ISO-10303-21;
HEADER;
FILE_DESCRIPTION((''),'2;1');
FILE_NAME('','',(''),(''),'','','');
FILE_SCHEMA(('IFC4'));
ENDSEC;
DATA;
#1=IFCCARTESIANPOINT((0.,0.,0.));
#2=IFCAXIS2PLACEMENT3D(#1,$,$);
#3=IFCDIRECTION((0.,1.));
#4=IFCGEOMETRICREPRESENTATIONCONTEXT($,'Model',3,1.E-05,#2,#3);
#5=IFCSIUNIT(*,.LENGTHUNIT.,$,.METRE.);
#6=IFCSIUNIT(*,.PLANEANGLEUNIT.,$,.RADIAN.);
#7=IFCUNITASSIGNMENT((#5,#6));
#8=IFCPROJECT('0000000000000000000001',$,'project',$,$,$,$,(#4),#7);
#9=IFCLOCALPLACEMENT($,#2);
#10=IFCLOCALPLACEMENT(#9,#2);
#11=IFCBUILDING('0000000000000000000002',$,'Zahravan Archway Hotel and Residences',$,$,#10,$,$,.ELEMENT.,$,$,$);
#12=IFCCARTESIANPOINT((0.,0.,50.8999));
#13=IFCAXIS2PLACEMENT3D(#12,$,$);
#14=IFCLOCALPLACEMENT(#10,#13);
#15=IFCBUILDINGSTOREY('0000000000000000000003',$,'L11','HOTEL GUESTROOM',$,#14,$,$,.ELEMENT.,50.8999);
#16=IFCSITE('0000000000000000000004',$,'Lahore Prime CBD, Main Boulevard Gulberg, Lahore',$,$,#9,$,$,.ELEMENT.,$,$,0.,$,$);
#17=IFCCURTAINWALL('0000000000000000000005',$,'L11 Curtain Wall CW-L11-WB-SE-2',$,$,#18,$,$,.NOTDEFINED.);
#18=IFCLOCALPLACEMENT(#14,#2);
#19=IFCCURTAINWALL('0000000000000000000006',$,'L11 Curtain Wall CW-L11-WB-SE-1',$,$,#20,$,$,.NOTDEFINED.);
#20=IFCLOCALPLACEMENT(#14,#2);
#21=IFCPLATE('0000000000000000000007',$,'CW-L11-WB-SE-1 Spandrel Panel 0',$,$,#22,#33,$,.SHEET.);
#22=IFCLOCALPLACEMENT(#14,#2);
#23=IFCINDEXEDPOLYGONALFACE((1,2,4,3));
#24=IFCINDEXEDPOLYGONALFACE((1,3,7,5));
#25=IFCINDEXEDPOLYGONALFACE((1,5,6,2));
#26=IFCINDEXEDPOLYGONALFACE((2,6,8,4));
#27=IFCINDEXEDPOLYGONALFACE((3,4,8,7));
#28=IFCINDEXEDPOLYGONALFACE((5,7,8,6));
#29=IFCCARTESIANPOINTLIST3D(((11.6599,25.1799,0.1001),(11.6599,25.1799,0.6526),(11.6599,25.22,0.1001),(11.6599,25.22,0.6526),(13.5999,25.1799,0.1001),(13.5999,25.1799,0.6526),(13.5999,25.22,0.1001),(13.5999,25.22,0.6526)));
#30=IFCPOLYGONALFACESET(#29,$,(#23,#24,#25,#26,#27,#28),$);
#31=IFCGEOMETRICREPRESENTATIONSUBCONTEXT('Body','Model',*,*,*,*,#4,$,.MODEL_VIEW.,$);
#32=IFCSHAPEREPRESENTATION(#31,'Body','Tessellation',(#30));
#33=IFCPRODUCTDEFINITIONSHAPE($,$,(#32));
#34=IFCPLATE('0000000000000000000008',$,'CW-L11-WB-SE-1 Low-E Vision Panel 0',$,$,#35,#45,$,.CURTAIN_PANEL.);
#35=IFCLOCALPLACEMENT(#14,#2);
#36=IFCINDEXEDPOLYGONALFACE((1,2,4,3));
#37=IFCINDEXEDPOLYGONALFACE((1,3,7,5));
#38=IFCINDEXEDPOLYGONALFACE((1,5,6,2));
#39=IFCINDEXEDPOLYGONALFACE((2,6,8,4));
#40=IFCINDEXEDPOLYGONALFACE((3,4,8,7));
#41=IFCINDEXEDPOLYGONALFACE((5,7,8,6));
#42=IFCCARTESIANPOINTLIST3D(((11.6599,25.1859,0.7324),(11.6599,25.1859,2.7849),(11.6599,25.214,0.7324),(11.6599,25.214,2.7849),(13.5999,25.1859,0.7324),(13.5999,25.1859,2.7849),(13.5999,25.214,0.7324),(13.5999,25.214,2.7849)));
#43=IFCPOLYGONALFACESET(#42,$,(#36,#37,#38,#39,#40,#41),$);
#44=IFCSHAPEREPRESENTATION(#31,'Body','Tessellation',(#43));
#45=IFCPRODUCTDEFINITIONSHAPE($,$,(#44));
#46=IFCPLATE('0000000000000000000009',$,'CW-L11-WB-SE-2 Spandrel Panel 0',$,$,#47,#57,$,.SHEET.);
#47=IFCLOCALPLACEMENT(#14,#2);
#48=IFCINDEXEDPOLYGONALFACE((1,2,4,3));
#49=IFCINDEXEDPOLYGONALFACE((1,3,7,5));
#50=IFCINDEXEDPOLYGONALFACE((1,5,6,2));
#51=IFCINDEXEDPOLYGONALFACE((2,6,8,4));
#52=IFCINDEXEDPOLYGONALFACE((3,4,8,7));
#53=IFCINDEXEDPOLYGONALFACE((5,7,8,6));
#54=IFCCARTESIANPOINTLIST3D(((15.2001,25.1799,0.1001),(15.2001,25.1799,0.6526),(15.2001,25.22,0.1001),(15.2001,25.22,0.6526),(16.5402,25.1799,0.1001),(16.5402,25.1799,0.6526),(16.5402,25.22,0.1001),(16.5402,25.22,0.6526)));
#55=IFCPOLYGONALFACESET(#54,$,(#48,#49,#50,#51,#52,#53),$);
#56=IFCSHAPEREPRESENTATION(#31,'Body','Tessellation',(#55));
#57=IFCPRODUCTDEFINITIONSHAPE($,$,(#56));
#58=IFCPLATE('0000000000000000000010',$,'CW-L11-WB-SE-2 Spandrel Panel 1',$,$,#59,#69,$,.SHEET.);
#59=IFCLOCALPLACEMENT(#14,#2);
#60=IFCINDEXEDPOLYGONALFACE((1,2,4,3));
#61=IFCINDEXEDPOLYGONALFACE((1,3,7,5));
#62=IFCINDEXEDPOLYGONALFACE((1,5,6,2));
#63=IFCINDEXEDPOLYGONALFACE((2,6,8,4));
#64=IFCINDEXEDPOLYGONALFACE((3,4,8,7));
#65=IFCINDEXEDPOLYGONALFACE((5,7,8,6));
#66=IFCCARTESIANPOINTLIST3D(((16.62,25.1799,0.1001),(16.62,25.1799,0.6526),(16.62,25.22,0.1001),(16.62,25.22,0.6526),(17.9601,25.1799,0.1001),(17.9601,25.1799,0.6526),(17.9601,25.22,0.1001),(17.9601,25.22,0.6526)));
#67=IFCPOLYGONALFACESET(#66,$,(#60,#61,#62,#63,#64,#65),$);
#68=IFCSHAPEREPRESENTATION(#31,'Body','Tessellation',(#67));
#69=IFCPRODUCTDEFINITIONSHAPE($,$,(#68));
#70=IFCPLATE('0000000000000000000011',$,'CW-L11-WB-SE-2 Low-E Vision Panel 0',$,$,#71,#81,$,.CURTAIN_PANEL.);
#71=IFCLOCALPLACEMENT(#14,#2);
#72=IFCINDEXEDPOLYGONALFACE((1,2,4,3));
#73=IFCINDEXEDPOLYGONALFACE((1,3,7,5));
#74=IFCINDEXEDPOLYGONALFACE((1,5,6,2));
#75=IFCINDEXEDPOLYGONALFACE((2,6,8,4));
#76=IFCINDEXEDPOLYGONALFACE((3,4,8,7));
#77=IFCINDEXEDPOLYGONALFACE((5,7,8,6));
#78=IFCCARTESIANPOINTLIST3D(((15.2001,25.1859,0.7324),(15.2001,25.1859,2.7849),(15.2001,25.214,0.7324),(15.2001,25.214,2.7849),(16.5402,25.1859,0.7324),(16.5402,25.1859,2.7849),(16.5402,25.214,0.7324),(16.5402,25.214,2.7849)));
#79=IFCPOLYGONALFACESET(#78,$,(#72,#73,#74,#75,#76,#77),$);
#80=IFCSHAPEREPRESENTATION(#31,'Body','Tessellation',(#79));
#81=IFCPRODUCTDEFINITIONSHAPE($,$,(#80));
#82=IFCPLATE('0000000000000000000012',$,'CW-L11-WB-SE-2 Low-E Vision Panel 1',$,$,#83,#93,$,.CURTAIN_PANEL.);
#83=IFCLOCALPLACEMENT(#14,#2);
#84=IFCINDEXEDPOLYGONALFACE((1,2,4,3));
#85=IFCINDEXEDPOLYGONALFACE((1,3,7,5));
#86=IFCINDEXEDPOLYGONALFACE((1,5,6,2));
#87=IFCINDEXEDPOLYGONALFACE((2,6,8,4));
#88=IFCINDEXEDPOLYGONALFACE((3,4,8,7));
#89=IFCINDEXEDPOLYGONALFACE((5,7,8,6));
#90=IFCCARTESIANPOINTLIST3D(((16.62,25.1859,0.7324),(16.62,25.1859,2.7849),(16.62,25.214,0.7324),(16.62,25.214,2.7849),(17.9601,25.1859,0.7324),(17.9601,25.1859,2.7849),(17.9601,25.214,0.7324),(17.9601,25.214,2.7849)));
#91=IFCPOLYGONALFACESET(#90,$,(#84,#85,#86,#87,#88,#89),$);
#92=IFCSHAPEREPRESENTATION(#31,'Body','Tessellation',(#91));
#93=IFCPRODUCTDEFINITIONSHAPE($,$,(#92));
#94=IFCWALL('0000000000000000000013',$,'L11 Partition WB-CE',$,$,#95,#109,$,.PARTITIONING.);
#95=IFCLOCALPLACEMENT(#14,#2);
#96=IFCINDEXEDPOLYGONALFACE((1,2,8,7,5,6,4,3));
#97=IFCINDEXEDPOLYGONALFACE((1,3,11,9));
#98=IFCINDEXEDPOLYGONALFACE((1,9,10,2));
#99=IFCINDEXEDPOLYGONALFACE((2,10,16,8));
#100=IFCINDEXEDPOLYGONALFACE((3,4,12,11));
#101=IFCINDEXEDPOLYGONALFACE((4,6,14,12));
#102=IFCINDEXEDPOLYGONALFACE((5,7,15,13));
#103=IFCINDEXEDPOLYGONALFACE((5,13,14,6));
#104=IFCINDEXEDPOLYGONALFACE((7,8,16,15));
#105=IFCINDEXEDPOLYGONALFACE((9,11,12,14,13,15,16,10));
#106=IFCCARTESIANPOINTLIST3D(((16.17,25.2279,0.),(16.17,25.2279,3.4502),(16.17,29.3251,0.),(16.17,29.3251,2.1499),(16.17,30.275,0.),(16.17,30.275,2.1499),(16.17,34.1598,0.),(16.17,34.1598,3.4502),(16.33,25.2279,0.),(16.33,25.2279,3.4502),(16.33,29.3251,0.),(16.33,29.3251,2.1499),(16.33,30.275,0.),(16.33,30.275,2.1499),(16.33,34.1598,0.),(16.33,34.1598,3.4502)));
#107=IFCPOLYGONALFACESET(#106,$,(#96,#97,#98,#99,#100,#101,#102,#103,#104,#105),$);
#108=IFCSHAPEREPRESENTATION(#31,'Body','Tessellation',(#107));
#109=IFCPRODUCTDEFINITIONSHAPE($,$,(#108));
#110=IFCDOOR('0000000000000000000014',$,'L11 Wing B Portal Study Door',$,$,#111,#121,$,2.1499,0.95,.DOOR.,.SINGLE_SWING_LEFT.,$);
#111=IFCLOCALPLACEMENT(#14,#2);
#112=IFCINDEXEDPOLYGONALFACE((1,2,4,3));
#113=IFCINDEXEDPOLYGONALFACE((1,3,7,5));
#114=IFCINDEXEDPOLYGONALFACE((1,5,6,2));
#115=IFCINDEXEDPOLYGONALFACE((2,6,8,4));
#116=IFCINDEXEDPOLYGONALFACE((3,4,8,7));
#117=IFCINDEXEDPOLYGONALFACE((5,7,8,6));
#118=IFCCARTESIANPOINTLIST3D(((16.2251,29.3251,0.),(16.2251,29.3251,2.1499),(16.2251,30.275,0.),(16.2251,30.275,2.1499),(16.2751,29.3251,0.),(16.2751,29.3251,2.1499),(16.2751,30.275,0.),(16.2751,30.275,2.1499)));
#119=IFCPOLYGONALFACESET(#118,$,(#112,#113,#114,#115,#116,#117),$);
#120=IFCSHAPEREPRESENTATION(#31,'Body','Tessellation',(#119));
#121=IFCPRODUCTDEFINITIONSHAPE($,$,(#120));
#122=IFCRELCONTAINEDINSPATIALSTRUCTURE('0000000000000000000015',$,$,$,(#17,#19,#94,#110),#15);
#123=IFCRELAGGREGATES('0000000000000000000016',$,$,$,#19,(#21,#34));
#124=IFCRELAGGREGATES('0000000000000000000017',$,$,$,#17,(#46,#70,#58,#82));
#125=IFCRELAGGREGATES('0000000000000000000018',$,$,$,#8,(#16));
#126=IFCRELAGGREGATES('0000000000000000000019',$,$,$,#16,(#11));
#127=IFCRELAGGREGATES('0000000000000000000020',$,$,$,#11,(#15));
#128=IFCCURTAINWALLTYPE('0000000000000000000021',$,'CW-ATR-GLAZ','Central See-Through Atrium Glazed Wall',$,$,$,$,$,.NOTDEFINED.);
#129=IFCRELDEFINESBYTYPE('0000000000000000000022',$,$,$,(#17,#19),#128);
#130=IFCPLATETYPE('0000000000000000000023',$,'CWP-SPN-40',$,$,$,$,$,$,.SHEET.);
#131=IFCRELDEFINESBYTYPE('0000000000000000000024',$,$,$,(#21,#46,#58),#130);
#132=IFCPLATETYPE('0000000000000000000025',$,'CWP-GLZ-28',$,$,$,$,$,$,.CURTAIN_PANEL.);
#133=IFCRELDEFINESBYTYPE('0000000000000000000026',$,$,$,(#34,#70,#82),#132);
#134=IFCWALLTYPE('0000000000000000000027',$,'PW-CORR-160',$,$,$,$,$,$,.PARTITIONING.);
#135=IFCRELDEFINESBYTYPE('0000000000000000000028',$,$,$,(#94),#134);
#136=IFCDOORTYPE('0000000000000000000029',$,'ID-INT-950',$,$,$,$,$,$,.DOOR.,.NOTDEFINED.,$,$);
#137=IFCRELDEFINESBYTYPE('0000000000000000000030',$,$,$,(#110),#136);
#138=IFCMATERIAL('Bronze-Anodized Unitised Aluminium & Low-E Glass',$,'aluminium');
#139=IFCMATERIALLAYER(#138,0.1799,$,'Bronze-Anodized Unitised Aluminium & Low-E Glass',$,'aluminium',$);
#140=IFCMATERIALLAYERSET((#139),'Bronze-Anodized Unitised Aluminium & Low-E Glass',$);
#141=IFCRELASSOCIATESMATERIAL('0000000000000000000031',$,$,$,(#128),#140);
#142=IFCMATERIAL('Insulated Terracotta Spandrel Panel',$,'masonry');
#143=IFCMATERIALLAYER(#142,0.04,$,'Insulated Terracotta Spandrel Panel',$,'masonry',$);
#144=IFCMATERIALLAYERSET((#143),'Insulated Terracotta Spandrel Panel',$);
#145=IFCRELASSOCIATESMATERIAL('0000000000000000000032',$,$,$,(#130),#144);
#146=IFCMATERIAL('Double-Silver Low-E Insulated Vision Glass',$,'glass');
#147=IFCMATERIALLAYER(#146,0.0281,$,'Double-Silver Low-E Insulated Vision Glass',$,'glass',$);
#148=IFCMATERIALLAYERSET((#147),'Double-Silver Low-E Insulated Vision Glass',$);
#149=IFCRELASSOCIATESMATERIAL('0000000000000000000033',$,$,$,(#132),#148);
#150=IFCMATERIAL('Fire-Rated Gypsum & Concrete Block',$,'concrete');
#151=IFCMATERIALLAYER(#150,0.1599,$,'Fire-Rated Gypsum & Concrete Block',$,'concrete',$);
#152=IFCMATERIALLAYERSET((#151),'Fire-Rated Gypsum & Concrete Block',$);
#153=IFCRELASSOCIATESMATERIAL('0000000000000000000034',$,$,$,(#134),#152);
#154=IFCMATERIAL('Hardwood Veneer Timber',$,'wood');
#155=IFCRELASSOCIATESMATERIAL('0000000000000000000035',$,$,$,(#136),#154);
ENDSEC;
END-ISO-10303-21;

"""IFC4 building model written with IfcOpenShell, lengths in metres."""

from ifc_helpers import new_model, si_unit, direction, frame, frame_2d, origin, origin_2d, place, context, subcontext, project, spatial, rectangle, extrude, source, transform, mapped, material, layer, layer_set, type_object, type_shapes, element, fill, aggregate, save


model = new_model("IFC4")

# Units and contexts
model_context = context("Model", 3, precision=1e-05, world=origin(), true_north=direction((0.0, 1.0)))
body_context = subcontext(model_context, "Body", "Model", "MODEL_VIEW")
ifc_project = project(units=[si_unit("LENGTHUNIT", "METRE"), si_unit("PLANEANGLEUNIT", "RADIAN")], contexts=[model_context])

# Site, building, storey
site_placement = place(None, origin())
site = spatial("IfcSite", under=ifc_project, at=site_placement, Name="Lahore Prime CBD, Main Boulevard Gulberg, Lahore", CompositionType="ELEMENT", RefElevation=0.0)
building_placement = place(site_placement, origin())
building = spatial("IfcBuilding", under=site, at=building_placement, Name="Zahravan Archway Hotel and Residences", CompositionType="ELEMENT")
storey_placement = place(building_placement, frame((0.0, 0.0, 50.8999)))
storey = spatial("IfcBuildingStorey", under=building, at=storey_placement, Name="L11", Description="HOTEL GUESTROOM", CompositionType="ELEMENT", Elevation=50.8999)

# Curtain wall
ifc_material_1 = material(Name="Bronze-Anodized Unitised Aluminium & Low-E Glass", Category="aluminium")
ifc_layer_1 = layer(ifc_material_1, 0.1799, Name="Bronze-Anodized Unitised Aluminium & Low-E Glass", Category="aluminium")
ifc_layer_set_1 = layer_set([ifc_layer_1], Name="Bronze-Anodized Unitised Aluminium & Low-E Glass")
curtain_wall_type = type_object("IfcCurtainWallType", Name="CW-ATR-GLAZ", Description="Central See-Through Atrium Glazed Wall", PredefinedType="NOTDEFINED", material=ifc_layer_set_1)
curtain_wall_1_placement = place(storey_placement, origin())
curtain_wall_1 = element("IfcCurtainWall", 1, at=curtain_wall_1_placement, inside=storey, type_object=curtain_wall_type, Name="L11 Curtain Wall CW-L11-WB-SE-2", PredefinedType="NOTDEFINED")

# Curtain wall
curtain_wall_2_placement = place(storey_placement, origin())
curtain_wall_2 = element("IfcCurtainWall", 2, at=curtain_wall_2_placement, inside=storey, type_object=curtain_wall_type, Name="L11 Curtain Wall CW-L11-WB-SE-1", PredefinedType="NOTDEFINED")

# Plates
ifc_material_2 = material(Name="Insulated Terracotta Spandrel Panel", Category="masonry")
ifc_layer_2 = layer(ifc_material_2, 0.04, Name="Insulated Terracotta Spandrel Panel", Category="masonry")
ifc_layer_set_2 = layer_set([ifc_layer_2], Name="Insulated Terracotta Spandrel Panel")
plate_type_1 = type_object("IfcPlateType", Name="CWP-SPN-40", PredefinedType="SHEET", material=ifc_layer_set_2)
shared_shape_1 = source(origin(), body_context, "Body", "SweptSolid", [
    extrude(rectangle(XDim=1.9399, YDim=0.04, at=origin_2d()), origin(), (0.0, 0.0, 1.0), 0.5525),
])
plate_1_placement = place(storey_placement, frame((12.6299, 25.2, 0.1001), z_axis=(0.0, 0.0, 1.0), x_axis=(1.0, 0.0, 0.0)))
plate_1 = element("IfcPlate", 3, at=plate_1_placement, type_object=plate_type_1, Name="CW-L11-WB-SE-1 Spandrel Panel 0", PredefinedType="SHEET", context=body_context, shape_type="MappedRepresentation", body=[
    mapped(shared_shape_1, transform((0.0, 0.0, 0.0), scale=1.0)),
])
ifc_material_3 = material(Name="Double-Silver Low-E Insulated Vision Glass", Category="glass")
ifc_layer_3 = layer(ifc_material_3, 0.0281, Name="Double-Silver Low-E Insulated Vision Glass", Category="glass")
ifc_layer_set_3 = layer_set([ifc_layer_3], Name="Double-Silver Low-E Insulated Vision Glass")
plate_type_2 = type_object("IfcPlateType", Name="CWP-GLZ-28", PredefinedType="CURTAIN_PANEL", material=ifc_layer_set_3)
shared_shape_2 = source(origin(), body_context, "Body", "SweptSolid", [
    extrude(rectangle(XDim=1.9399, YDim=0.0281, at=origin_2d()), origin(), (0.0, 0.0, 1.0), 2.0525),
])
plate_2_placement = place(storey_placement, frame((12.6299, 25.2, 0.7324), z_axis=(0.0, 0.0, 1.0), x_axis=(1.0, 0.0, 0.0)))
plate_2 = element("IfcPlate", 4, at=plate_2_placement, type_object=plate_type_2, Name="CW-L11-WB-SE-1 Low-E Vision Panel 0", PredefinedType="CURTAIN_PANEL", context=body_context, shape_type="MappedRepresentation", body=[
    mapped(shared_shape_2, transform((0.0, 0.0, 0.0), scale=1.0)),
])
aggregate(curtain_wall_2, [plate_1, plate_2])
shared_shape_3 = source(origin(), body_context, "Body", "SweptSolid", [
    extrude(rectangle(XDim=1.3401, YDim=0.04, at=origin_2d()), origin(), (0.0, 0.0, 1.0), 0.5525),
])
plate_3_placement = place(storey_placement, frame((15.8701, 25.2, 0.1001), z_axis=(0.0, 0.0, 1.0), x_axis=(1.0, 0.0, 0.0)))
plate_3 = element("IfcPlate", 5, at=plate_3_placement, type_object=plate_type_1, Name="CW-L11-WB-SE-2 Spandrel Panel 0", PredefinedType="SHEET", context=body_context, shape_type="MappedRepresentation", body=[
    mapped(shared_shape_3, transform((0.0, 0.0, 0.0), scale=1.0)),
])
plate_4_placement = place(storey_placement, frame((17.29, 25.2, 0.1001), z_axis=(0.0, 0.0, 1.0), x_axis=(1.0, 0.0, 0.0)))
plate_4 = element("IfcPlate", 6, at=plate_4_placement, type_object=plate_type_1, Name="CW-L11-WB-SE-2 Spandrel Panel 1", PredefinedType="SHEET", context=body_context, shape_type="MappedRepresentation", body=[
    mapped(shared_shape_3, transform((0.0, 0.0, 0.0), scale=1.0)),
])
shared_shape_4 = source(origin(), body_context, "Body", "SweptSolid", [
    extrude(rectangle(XDim=1.3401, YDim=0.0281, at=origin_2d()), origin(), (0.0, 0.0, 1.0), 2.0525),
])
plate_5_placement = place(storey_placement, frame((15.8701, 25.2, 0.7324), z_axis=(0.0, 0.0, 1.0), x_axis=(1.0, 0.0, 0.0)))
plate_5 = element("IfcPlate", 7, at=plate_5_placement, type_object=plate_type_2, Name="CW-L11-WB-SE-2 Low-E Vision Panel 0", PredefinedType="CURTAIN_PANEL", context=body_context, shape_type="MappedRepresentation", body=[
    mapped(shared_shape_4, transform((0.0, 0.0, 0.0), scale=1.0)),
])
plate_6_placement = place(storey_placement, frame((17.29, 25.2, 0.7324), z_axis=(0.0, 0.0, 1.0), x_axis=(1.0, 0.0, 0.0)))
plate_6 = element("IfcPlate", 8, at=plate_6_placement, type_object=plate_type_2, Name="CW-L11-WB-SE-2 Low-E Vision Panel 1", PredefinedType="CURTAIN_PANEL", context=body_context, shape_type="MappedRepresentation", body=[
    mapped(shared_shape_4, transform((0.0, 0.0, 0.0), scale=1.0)),
])
aggregate(curtain_wall_1, [plate_3, plate_5, plate_4, plate_6])

# Wall, opening, door
ifc_material_4 = material(Name="Fire-Rated Gypsum & Concrete Block", Category="concrete")
ifc_layer_4 = layer(ifc_material_4, 0.1599, Name="Fire-Rated Gypsum & Concrete Block", Category="concrete")
ifc_layer_set_4 = layer_set([ifc_layer_4], Name="Fire-Rated Gypsum & Concrete Block")
wall_type = type_object("IfcWallType", Name="PW-CORR-160", PredefinedType="PARTITIONING", material=ifc_layer_set_4)
wall_placement = place(storey_placement, frame((16.25, 25.228, 0.0), z_axis=(0.0, 0.0, 1.0), x_axis=(0.0, 1.0, 0.0)))
wall = element("IfcWall", 9, at=wall_placement, inside=storey, type_object=wall_type, Name="L11 Partition WB-CE", PredefinedType="PARTITIONING", context=body_context, shape_type="SweptSolid", body=[
    extrude(rectangle(XDim=8.9319, YDim=0.1599, at=frame_2d((4.4658, 0.0))), origin(), (0.0, 0.0, 1.0), 3.4502),
])
opening_placement = place(wall_placement, frame((4.0969, 0.0, 0.0)))
opening = element("IfcOpeningElement", 10, at=opening_placement, cuts=wall, PredefinedType="OPENING", context=body_context, shape_type="SweptSolid", body=[
    extrude(rectangle(XDim=0.95, YDim=2.1499, at=frame_2d((0.4751, 1.075))), frame((0.0, 0.0898, 0.0), z_axis=(0.0, -1.0, 0.0), x_axis=(1.0, 0.0, 0.0)), (0.0, 0.0, 1.0), 0.1799),
])
ifc_material_5 = material(Name="Hardwood Veneer Timber", Category="wood")
door_type = type_object("IfcDoorType", Name="ID-INT-950", OperationType="NOTDEFINED", PredefinedType="DOOR", material=ifc_material_5)
shared_shape_5 = source(origin(), body_context, "Body", "SweptSolid", [
    extrude(rectangle(XDim=0.95, YDim=2.1499, at=frame_2d((0.4751, 1.075))), frame((0.0, 0.0249, 0.0), z_axis=(0.0, -1.0, 0.0), x_axis=(1.0, 0.0, 0.0)), (0.0, 0.0, 1.0), 0.05),
])
type_shapes(door_type, [shared_shape_5])
door_placement = place(opening_placement, origin())
door = element("IfcDoor", 11, at=door_placement, inside=storey, type_object=door_type, Name="L11 Wing B Portal Study Door", OperationType="SINGLE_SWING_LEFT", OverallHeight=2.1499, OverallWidth=0.95, PredefinedType="DOOR", context=body_context, shape_type="MappedRepresentation", body=[
    mapped(shared_shape_5, transform((0.0, 0.0, 0.0), scale=1.0)),
])
fill(opening, door)

save(model, "model.ifc")
